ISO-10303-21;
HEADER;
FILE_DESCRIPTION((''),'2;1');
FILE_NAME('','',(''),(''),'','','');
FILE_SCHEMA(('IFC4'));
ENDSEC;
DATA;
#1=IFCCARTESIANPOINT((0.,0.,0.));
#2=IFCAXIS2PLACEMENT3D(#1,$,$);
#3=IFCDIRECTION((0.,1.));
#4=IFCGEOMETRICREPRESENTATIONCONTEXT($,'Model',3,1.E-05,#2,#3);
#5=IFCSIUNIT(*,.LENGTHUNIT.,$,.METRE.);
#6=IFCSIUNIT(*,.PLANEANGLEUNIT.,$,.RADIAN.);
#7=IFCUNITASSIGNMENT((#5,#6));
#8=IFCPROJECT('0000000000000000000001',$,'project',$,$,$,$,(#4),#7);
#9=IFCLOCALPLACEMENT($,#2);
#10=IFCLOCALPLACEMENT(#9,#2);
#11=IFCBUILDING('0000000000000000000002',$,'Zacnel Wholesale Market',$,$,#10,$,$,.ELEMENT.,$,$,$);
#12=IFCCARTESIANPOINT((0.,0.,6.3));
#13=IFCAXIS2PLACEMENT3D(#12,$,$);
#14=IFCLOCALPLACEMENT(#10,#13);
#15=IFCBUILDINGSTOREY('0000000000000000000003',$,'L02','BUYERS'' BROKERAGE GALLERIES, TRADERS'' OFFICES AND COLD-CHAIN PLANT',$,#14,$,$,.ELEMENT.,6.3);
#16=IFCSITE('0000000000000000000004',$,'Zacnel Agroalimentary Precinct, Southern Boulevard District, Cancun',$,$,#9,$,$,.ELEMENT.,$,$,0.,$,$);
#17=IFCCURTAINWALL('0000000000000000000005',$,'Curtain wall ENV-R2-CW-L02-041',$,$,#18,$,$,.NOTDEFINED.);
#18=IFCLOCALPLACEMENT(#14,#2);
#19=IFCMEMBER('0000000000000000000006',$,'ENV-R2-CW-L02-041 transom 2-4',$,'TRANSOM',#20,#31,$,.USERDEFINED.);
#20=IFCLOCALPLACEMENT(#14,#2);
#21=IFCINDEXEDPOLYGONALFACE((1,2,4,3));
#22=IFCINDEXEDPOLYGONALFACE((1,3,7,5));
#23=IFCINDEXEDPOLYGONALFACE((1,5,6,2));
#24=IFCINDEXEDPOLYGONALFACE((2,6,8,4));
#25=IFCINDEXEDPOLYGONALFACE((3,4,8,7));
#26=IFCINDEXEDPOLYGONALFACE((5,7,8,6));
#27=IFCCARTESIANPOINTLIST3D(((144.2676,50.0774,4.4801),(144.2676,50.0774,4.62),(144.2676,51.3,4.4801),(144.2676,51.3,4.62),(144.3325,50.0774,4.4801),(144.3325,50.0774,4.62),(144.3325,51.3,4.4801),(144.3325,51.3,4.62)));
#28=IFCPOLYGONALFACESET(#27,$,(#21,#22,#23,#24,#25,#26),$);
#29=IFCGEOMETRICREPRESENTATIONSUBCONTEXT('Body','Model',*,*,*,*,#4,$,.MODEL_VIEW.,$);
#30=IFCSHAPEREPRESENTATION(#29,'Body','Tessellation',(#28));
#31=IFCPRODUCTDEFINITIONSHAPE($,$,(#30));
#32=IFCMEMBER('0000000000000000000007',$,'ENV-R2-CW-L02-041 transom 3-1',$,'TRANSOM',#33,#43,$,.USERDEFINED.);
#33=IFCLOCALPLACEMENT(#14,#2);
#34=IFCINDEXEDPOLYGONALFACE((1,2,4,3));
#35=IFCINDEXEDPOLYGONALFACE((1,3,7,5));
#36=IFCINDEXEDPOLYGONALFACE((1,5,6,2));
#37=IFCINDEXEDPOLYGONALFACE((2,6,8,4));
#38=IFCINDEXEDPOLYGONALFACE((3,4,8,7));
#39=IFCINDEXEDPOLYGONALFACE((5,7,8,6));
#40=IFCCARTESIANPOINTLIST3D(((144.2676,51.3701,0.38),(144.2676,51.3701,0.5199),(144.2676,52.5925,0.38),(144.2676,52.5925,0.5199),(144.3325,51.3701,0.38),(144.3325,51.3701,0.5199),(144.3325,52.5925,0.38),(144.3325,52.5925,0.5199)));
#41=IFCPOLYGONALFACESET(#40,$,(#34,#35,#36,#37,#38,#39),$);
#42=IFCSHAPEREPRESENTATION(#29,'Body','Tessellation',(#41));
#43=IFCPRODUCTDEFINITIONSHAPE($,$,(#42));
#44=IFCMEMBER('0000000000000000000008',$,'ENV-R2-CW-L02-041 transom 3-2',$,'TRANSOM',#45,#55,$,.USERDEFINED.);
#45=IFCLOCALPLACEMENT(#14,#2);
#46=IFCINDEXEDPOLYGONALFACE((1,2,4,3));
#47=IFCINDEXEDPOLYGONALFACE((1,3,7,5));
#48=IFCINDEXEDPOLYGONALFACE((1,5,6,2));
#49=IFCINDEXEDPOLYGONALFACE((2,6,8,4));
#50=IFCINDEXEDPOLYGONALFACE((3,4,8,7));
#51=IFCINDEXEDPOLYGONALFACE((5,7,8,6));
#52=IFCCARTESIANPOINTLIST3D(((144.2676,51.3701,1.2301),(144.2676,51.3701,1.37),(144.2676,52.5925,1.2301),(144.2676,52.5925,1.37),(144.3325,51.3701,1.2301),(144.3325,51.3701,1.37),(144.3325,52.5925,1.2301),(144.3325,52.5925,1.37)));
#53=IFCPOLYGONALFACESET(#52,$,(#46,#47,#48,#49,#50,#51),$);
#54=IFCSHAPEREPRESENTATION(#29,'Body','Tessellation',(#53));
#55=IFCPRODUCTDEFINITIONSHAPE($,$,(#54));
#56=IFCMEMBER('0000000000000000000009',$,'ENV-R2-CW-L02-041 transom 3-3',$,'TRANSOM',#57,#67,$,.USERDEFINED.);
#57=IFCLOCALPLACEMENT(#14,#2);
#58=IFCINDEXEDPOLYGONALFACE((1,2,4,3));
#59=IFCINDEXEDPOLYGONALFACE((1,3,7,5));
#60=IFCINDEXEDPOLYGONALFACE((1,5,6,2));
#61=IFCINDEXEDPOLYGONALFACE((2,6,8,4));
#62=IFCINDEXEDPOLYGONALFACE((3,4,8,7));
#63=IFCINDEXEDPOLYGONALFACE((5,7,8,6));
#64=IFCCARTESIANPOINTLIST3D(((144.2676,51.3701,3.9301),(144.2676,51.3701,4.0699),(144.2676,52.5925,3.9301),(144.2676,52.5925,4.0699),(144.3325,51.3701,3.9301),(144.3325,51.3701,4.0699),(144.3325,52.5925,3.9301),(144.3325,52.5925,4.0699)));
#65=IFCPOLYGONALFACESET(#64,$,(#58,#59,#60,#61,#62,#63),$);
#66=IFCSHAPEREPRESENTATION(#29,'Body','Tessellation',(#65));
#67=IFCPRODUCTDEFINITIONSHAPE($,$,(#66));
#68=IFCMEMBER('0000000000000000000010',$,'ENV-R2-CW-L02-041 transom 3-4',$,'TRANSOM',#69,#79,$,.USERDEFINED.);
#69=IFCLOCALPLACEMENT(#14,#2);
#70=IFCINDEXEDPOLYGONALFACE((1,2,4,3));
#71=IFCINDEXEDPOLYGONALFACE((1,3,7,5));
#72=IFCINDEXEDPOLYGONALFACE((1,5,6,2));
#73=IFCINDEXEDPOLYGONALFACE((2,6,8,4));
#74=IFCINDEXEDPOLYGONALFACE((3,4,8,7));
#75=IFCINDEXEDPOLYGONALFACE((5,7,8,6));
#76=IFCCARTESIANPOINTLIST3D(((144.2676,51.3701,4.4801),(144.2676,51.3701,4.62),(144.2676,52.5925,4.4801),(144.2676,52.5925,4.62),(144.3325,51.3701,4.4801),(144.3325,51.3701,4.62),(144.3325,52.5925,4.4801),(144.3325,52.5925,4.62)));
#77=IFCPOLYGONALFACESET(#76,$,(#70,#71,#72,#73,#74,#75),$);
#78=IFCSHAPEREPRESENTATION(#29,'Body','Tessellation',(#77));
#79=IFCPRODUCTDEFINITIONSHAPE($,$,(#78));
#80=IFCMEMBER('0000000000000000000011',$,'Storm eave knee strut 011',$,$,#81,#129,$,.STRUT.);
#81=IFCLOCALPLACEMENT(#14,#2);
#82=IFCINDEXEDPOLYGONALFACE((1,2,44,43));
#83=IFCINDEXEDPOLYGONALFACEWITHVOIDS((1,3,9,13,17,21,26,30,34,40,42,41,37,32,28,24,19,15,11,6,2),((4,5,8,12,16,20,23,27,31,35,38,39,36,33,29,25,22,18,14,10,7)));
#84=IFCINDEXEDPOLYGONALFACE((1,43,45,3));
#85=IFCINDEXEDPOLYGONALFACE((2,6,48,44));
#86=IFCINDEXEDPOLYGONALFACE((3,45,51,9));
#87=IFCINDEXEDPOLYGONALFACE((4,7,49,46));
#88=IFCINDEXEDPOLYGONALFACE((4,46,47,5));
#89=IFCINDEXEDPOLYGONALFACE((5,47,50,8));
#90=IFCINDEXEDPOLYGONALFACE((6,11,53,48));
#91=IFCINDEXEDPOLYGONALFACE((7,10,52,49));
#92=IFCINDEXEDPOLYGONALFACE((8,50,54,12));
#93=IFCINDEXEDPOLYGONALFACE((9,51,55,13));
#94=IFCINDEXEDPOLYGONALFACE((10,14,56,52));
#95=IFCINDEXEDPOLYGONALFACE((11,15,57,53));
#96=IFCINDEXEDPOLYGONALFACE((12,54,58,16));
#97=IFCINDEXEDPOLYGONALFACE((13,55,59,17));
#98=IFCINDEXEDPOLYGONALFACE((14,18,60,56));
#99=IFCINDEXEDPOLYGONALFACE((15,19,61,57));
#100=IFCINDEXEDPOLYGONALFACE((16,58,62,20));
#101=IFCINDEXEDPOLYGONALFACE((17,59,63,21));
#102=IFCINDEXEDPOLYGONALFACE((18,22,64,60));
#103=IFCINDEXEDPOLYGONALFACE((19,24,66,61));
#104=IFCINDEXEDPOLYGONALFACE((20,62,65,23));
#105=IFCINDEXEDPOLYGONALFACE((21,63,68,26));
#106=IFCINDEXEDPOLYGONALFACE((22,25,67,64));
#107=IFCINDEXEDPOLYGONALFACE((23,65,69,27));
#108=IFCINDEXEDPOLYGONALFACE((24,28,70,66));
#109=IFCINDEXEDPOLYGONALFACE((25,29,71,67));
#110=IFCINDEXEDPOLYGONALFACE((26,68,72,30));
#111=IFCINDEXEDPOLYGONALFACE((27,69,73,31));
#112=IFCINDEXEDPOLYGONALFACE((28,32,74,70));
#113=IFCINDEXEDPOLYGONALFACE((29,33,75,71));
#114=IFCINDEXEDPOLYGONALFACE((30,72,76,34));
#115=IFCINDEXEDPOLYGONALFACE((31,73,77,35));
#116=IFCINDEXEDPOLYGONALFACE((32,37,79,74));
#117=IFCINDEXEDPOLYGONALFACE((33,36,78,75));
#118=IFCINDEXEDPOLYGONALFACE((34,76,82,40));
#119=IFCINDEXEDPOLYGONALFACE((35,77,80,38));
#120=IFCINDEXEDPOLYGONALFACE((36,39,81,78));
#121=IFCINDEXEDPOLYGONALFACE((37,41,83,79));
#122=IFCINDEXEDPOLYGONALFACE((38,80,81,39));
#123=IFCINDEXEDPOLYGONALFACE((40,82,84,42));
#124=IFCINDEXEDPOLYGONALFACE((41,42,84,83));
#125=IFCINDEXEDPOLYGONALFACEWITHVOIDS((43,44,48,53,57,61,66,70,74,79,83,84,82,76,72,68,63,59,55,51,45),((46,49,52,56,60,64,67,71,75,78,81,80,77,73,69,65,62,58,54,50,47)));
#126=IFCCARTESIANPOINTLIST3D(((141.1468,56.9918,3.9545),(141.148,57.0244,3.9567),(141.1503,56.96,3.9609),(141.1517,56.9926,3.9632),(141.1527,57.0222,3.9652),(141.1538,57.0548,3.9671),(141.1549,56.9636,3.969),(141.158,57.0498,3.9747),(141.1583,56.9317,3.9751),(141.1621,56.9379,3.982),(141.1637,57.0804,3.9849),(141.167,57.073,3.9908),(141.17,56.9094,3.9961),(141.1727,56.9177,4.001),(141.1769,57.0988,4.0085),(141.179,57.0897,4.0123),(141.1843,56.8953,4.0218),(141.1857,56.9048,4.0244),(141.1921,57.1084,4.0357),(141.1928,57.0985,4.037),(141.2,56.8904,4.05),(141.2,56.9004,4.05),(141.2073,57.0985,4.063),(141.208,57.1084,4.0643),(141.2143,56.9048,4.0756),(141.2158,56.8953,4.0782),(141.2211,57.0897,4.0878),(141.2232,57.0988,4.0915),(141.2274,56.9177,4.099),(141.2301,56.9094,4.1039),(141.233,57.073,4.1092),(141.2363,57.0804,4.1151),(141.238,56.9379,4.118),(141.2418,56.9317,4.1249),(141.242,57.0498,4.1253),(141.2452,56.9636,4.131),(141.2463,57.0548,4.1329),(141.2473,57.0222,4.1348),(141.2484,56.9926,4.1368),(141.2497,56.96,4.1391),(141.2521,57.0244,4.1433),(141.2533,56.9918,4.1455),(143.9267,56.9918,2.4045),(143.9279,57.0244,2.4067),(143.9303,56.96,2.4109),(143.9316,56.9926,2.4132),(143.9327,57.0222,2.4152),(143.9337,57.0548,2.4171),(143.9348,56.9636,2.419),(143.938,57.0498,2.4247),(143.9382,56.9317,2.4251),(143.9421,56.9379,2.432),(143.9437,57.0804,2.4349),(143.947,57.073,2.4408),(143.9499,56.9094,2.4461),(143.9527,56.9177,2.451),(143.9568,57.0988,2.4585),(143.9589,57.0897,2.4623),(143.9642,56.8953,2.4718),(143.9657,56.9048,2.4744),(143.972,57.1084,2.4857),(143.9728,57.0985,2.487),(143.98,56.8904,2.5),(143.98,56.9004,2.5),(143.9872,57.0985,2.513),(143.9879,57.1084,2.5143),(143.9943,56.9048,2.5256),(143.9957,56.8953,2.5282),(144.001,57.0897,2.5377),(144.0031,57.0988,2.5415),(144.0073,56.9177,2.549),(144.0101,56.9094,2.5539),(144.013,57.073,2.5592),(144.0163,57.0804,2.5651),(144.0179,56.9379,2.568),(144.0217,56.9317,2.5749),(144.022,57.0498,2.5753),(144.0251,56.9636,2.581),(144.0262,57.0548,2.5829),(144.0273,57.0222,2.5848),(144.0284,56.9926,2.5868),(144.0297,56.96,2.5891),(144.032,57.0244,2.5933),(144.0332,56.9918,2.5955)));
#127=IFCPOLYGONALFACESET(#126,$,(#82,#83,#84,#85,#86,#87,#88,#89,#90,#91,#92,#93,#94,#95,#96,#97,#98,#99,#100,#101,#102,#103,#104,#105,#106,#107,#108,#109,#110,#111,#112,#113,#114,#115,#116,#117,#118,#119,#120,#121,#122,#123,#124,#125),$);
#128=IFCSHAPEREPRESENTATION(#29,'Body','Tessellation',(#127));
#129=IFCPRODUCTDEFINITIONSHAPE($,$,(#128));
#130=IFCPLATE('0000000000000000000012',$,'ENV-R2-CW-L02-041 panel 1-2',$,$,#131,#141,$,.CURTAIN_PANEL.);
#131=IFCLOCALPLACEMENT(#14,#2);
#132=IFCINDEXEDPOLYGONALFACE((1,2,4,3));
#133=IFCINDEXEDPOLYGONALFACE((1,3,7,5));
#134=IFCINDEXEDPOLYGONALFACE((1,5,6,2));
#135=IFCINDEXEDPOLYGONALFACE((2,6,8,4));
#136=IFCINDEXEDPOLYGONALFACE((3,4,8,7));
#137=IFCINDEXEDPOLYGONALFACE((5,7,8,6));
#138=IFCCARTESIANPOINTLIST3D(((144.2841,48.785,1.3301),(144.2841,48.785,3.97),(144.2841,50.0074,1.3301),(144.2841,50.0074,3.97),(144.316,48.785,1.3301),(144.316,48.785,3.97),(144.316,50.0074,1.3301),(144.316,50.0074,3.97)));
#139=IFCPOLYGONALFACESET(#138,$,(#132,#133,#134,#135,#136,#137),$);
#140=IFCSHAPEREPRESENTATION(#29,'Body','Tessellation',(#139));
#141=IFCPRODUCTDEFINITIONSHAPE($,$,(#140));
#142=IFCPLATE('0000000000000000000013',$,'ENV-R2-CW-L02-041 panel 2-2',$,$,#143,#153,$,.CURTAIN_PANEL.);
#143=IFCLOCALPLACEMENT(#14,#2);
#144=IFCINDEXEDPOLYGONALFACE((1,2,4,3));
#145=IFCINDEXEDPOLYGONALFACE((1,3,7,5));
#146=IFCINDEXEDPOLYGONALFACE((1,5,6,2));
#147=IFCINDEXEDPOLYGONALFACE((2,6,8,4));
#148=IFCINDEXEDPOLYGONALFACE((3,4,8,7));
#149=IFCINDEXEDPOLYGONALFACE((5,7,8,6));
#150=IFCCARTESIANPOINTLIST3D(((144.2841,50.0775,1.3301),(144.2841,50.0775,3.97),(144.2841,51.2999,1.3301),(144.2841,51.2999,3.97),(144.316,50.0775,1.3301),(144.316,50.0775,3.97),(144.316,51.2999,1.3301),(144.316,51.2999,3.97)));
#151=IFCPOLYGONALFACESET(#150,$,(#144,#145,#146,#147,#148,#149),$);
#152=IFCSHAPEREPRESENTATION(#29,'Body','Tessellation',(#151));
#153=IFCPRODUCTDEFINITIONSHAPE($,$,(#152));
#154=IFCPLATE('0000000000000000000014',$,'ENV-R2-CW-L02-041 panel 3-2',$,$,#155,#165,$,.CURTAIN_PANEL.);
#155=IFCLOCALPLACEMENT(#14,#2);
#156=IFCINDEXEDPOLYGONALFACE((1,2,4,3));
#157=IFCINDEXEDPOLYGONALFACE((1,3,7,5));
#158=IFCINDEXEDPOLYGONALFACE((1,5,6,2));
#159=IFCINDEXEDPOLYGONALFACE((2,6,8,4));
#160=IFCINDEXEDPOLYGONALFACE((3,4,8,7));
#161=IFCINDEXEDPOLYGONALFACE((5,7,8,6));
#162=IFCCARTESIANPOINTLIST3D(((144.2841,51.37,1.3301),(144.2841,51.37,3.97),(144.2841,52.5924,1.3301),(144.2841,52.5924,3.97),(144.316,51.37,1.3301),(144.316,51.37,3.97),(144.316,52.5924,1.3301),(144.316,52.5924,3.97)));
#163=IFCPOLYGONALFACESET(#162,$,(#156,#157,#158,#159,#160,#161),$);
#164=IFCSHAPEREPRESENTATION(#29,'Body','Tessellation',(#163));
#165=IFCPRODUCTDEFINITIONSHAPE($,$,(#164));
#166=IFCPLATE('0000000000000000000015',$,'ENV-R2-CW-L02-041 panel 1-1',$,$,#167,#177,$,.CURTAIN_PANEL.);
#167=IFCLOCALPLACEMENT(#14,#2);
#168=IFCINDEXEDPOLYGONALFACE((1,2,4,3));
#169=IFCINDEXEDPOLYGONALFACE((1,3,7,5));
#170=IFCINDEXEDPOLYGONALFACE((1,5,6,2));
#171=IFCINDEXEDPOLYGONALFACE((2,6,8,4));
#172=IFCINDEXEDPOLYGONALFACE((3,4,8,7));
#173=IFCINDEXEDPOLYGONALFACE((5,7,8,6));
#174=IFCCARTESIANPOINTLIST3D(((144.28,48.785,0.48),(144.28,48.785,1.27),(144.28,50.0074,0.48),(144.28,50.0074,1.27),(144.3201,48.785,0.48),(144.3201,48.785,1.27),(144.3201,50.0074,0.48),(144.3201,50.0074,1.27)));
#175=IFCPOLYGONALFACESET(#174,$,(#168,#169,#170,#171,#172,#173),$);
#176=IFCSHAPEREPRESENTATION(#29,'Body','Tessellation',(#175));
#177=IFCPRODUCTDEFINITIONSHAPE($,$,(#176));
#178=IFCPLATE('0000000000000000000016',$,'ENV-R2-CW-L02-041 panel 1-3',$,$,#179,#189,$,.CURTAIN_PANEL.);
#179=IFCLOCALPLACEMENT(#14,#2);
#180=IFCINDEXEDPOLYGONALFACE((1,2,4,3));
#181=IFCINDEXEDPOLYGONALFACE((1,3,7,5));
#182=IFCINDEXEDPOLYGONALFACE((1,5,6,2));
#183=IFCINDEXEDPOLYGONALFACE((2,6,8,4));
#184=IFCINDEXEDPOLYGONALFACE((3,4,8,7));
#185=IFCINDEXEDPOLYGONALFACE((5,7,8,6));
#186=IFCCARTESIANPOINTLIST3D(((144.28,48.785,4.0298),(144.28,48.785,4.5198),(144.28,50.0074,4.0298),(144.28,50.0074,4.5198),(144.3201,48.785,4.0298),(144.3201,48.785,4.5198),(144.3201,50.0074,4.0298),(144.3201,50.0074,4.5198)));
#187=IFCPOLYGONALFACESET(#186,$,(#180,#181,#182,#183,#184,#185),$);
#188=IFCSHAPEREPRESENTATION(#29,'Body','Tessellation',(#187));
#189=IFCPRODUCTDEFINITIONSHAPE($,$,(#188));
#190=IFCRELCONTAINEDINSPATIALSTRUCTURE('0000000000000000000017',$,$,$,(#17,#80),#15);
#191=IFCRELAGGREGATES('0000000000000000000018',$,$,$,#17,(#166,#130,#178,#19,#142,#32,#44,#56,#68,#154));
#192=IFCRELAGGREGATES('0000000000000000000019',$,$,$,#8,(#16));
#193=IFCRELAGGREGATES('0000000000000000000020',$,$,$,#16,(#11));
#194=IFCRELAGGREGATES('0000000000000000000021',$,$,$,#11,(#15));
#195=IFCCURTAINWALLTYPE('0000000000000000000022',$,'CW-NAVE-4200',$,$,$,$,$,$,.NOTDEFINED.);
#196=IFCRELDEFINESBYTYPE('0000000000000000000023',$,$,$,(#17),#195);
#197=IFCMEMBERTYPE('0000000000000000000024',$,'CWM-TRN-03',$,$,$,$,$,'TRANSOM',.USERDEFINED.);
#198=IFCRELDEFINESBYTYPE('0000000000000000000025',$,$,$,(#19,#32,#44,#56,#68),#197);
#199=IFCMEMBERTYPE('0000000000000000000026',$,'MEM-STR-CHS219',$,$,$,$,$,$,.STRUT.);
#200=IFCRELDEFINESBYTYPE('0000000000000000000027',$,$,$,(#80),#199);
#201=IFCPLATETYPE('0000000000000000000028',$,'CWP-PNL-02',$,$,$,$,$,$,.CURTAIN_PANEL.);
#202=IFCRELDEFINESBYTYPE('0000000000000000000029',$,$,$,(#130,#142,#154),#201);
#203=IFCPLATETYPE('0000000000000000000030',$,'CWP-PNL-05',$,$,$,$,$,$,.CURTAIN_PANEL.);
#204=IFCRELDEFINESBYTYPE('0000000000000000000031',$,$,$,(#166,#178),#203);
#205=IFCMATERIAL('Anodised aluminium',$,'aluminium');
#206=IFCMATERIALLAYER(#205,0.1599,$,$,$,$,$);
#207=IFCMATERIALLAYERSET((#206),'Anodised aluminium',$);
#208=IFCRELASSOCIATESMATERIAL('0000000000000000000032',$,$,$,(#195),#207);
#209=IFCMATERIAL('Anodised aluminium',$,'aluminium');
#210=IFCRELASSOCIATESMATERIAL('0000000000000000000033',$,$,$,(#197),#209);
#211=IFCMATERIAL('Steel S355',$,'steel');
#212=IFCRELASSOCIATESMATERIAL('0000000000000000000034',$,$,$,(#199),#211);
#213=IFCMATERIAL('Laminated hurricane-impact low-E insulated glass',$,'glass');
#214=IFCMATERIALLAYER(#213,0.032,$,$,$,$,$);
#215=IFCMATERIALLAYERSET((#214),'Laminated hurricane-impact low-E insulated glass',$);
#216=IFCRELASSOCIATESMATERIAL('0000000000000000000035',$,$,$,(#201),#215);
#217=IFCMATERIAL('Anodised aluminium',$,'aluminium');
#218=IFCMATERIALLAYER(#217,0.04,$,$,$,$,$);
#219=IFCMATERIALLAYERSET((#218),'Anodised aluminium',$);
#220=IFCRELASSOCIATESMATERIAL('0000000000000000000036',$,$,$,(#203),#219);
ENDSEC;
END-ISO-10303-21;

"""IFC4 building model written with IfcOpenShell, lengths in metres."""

from ifc_helpers import new_model, si_unit, direction, frame, origin, origin_2d, place, context, subcontext, project, spatial, rectangle, hollow_circle, extrude, material, layer, layer_set, material_profile, profile_set, type_object, element, aggregate, save


model = new_model("IFC4")

# Units and contexts
model_context = context("Model", 3, precision=1e-05, world=origin(), true_north=direction((0.0, 1.0)))
body_context = subcontext(model_context, "Body", "Model", "MODEL_VIEW")
ifc_project = project(units=[si_unit("LENGTHUNIT", "METRE"), si_unit("PLANEANGLEUNIT", "RADIAN")], contexts=[model_context])

# Site, building, storey
site_placement = place(None, origin())
site = spatial("IfcSite", under=ifc_project, at=site_placement, Name="Zacnel Agroalimentary Precinct, Southern Boulevard District, Cancun", CompositionType="ELEMENT", RefElevation=0.0)
building_placement = place(site_placement, origin())
building = spatial("IfcBuilding", under=site, at=building_placement, Name="Zacnel Wholesale Market", CompositionType="ELEMENT")
storey_placement = place(building_placement, frame((0.0, 0.0, 6.3)))
storey = spatial("IfcBuildingStorey", under=building, at=storey_placement, Name="L02", Description="BUYERS' BROKERAGE GALLERIES, TRADERS' OFFICES AND COLD-CHAIN PLANT", CompositionType="ELEMENT", Elevation=6.3)

# Curtain wall, members
ifc_material_1 = material(Name="Anodised aluminium", Category="aluminium")
ifc_layer_1 = layer(ifc_material_1, 0.1599)
ifc_layer_set_1 = layer_set([ifc_layer_1], Name="Anodised aluminium")
curtain_wall_type = type_object("IfcCurtainWallType", Name="CW-NAVE-4200", PredefinedType="NOTDEFINED", material=ifc_layer_set_1)
curtain_wall_placement = place(storey_placement, origin())
curtain_wall = element("IfcCurtainWall", 1, at=curtain_wall_placement, inside=storey, type_object=curtain_wall_type, Name="Curtain wall ENV-R2-CW-L02-041", PredefinedType="NOTDEFINED")
ifc_material_2 = material(Name="Anodised aluminium", Category="aluminium")
ifc_material_profile_1 = material_profile(ifc_material_2, rectangle(XDim=0.0649, YDim=0.1399, at=origin_2d()), Name="AW-TRANSOM 65x140")
ifc_profile_set_1 = profile_set([ifc_material_profile_1], Name="Anodised aluminium")
member_type_1 = type_object("IfcMemberType", Name="CWM-TRN-03", ElementType="TRANSOM", PredefinedType="USERDEFINED", material=ifc_profile_set_1)
member_1_placement = place(storey_placement, frame((144.3, 50.0774, 4.55), z_axis=(0.0, 1.0, 0.0), x_axis=(-1.0, 0.0, 0.0)))
member_1 = element("IfcMember", 2, at=member_1_placement, type_object=member_type_1, Name="ENV-R2-CW-L02-041 transom 2-4", ObjectType="TRANSOM", PredefinedType="USERDEFINED", context=body_context, shape_type="SweptSolid", body=[
    extrude(rectangle(XDim=0.0649, YDim=0.1399, at=origin_2d()), origin(), (0.0, 0.0, 1.0), 1.2227),
])
member_2_placement = place(storey_placement, frame((144.3, 51.3701, 0.45), z_axis=(0.0, 1.0, 0.0), x_axis=(-1.0, 0.0, 0.0)))
member_2 = element("IfcMember", 3, at=member_2_placement, type_object=member_type_1, Name="ENV-R2-CW-L02-041 transom 3-1", ObjectType="TRANSOM", PredefinedType="USERDEFINED", context=body_context, shape_type="SweptSolid", body=[
    extrude(rectangle(XDim=0.0649, YDim=0.1399, at=origin_2d()), origin(), (0.0, 0.0, 1.0), 1.2224),
])
member_3_placement = place(storey_placement, frame((144.3, 51.3701, 1.3), z_axis=(0.0, 1.0, 0.0), x_axis=(-1.0, 0.0, 0.0)))
member_3 = element("IfcMember", 4, at=member_3_placement, type_object=member_type_1, Name="ENV-R2-CW-L02-041 transom 3-2", ObjectType="TRANSOM", PredefinedType="USERDEFINED", context=body_context, shape_type="SweptSolid", body=[
    extrude(rectangle(XDim=0.0649, YDim=0.1399, at=origin_2d()), origin(), (0.0, 0.0, 1.0), 1.2224),
])
member_4_placement = place(storey_placement, frame((144.3, 51.3701, 4.0), z_axis=(0.0, 1.0, 0.0), x_axis=(-1.0, 0.0, 0.0)))
member_4 = element("IfcMember", 5, at=member_4_placement, type_object=member_type_1, Name="ENV-R2-CW-L02-041 transom 3-3", ObjectType="TRANSOM", PredefinedType="USERDEFINED", context=body_context, shape_type="SweptSolid", body=[
    extrude(rectangle(XDim=0.0649, YDim=0.1399, at=origin_2d()), origin(), (0.0, 0.0, 1.0), 1.2224),
])
member_5_placement = place(storey_placement, frame((144.3, 51.3701, 4.55), z_axis=(0.0, 1.0, 0.0), x_axis=(-1.0, 0.0, 0.0)))
member_5 = element("IfcMember", 6, at=member_5_placement, type_object=member_type_1, Name="ENV-R2-CW-L02-041 transom 3-4", ObjectType="TRANSOM", PredefinedType="USERDEFINED", context=body_context, shape_type="SweptSolid", body=[
    extrude(rectangle(XDim=0.0649, YDim=0.1399, at=origin_2d()), origin(), (0.0, 0.0, 1.0), 1.2224),
])

# Member
ifc_material_3 = material(Name="Steel S355", Category="steel")
ifc_material_profile_2 = material_profile(ifc_material_3, hollow_circle(Radius=0.1096, WallThickness=0.01, at=origin_2d()), Name="CHS 219.1x10")
ifc_profile_set_2 = profile_set([ifc_material_profile_2], Name="Steel S355")
member_type_2 = type_object("IfcMemberType", Name="MEM-STR-CHS219", PredefinedType="STRUT", material=ifc_profile_set_2)
member_6_placement = place(storey_placement, frame((143.98, 57.0, 2.5), z_axis=(-0.873411, 0.0, 0.486984), x_axis=(0.0, -1.0, 0.0)))
element("IfcMember", 7, at=member_6_placement, inside=storey, type_object=member_type_2, Name="Storm eave knee strut 011", PredefinedType="STRUT", context=body_context, shape_type="SweptSolid", body=[
    extrude(hollow_circle(Radius=0.1096, WallThickness=0.01, at=origin_2d()), origin(), (0.0, 0.0, 1.0), 3.1829),
])

# Plates
ifc_material_4 = material(Name="Laminated hurricane-impact low-E insulated glass", Category="glass")
ifc_layer_2 = layer(ifc_material_4, 0.032)
ifc_layer_set_2 = layer_set([ifc_layer_2], Name="Laminated hurricane-impact low-E insulated glass")
plate_type_1 = type_object("IfcPlateType", Name="CWP-PNL-02", PredefinedType="CURTAIN_PANEL", material=ifc_layer_set_2)
plate_1_placement = place(storey_placement, frame((144.3, 49.3962, 1.3301), z_axis=(0.0, 0.0, 1.0), x_axis=(0.0, 1.0, 0.0)))
plate_1 = element("IfcPlate", 8, at=plate_1_placement, type_object=plate_type_1, Name="ENV-R2-CW-L02-041 panel 1-2", PredefinedType="CURTAIN_PANEL", context=body_context, shape_type="SweptSolid", body=[
    extrude(rectangle(XDim=1.2224, YDim=0.032, at=origin_2d()), origin(), (0.0, 0.0, 1.0), 2.6399),
])
plate_2_placement = place(storey_placement, frame((144.3, 50.6887, 1.3301), z_axis=(0.0, 0.0, 1.0), x_axis=(0.0, 1.0, 0.0)))
plate_2 = element("IfcPlate", 9, at=plate_2_placement, type_object=plate_type_1, Name="ENV-R2-CW-L02-041 panel 2-2", PredefinedType="CURTAIN_PANEL", context=body_context, shape_type="SweptSolid", body=[
    extrude(rectangle(XDim=1.2224, YDim=0.032, at=origin_2d()), origin(), (0.0, 0.0, 1.0), 2.6399),
])
plate_3_placement = place(storey_placement, frame((144.3, 51.9812, 1.3301), z_axis=(0.0, 0.0, 1.0), x_axis=(0.0, 1.0, 0.0)))
plate_3 = element("IfcPlate", 10, at=plate_3_placement, type_object=plate_type_1, Name="ENV-R2-CW-L02-041 panel 3-2", PredefinedType="CURTAIN_PANEL", context=body_context, shape_type="SweptSolid", body=[
    extrude(rectangle(XDim=1.2224, YDim=0.032, at=origin_2d()), origin(), (0.0, 0.0, 1.0), 2.6399),
])
ifc_material_5 = material(Name="Anodised aluminium", Category="aluminium")
ifc_layer_3 = layer(ifc_material_5, 0.04)
ifc_layer_set_3 = layer_set([ifc_layer_3], Name="Anodised aluminium")
plate_type_2 = type_object("IfcPlateType", Name="CWP-PNL-05", PredefinedType="CURTAIN_PANEL", material=ifc_layer_set_3)
plate_4_placement = place(storey_placement, frame((144.3, 49.3962, 0.48), z_axis=(0.0, 0.0, 1.0), x_axis=(0.0, 1.0, 0.0)))
plate_4 = element("IfcPlate", 11, at=plate_4_placement, type_object=plate_type_2, Name="ENV-R2-CW-L02-041 panel 1-1", PredefinedType="CURTAIN_PANEL", context=body_context, shape_type="SweptSolid", body=[
    extrude(rectangle(XDim=1.2224, YDim=0.04, at=origin_2d()), origin(), (0.0, 0.0, 1.0), 0.79),
])
plate_5_placement = place(storey_placement, frame((144.3, 49.3962, 4.0298), z_axis=(0.0, 0.0, 1.0), x_axis=(0.0, 1.0, 0.0)))
plate_5 = element("IfcPlate", 12, at=plate_5_placement, type_object=plate_type_2, Name="ENV-R2-CW-L02-041 panel 1-3", PredefinedType="CURTAIN_PANEL", context=body_context, shape_type="SweptSolid", body=[
    extrude(rectangle(XDim=1.2224, YDim=0.04, at=origin_2d()), origin(), (0.0, 0.0, 1.0), 0.49),
])
aggregate(curtain_wall, [plate_4, plate_1, plate_5, member_1, plate_2, member_2, member_3, member_4, member_5, plate_3])

save(model, "model.ifc")
